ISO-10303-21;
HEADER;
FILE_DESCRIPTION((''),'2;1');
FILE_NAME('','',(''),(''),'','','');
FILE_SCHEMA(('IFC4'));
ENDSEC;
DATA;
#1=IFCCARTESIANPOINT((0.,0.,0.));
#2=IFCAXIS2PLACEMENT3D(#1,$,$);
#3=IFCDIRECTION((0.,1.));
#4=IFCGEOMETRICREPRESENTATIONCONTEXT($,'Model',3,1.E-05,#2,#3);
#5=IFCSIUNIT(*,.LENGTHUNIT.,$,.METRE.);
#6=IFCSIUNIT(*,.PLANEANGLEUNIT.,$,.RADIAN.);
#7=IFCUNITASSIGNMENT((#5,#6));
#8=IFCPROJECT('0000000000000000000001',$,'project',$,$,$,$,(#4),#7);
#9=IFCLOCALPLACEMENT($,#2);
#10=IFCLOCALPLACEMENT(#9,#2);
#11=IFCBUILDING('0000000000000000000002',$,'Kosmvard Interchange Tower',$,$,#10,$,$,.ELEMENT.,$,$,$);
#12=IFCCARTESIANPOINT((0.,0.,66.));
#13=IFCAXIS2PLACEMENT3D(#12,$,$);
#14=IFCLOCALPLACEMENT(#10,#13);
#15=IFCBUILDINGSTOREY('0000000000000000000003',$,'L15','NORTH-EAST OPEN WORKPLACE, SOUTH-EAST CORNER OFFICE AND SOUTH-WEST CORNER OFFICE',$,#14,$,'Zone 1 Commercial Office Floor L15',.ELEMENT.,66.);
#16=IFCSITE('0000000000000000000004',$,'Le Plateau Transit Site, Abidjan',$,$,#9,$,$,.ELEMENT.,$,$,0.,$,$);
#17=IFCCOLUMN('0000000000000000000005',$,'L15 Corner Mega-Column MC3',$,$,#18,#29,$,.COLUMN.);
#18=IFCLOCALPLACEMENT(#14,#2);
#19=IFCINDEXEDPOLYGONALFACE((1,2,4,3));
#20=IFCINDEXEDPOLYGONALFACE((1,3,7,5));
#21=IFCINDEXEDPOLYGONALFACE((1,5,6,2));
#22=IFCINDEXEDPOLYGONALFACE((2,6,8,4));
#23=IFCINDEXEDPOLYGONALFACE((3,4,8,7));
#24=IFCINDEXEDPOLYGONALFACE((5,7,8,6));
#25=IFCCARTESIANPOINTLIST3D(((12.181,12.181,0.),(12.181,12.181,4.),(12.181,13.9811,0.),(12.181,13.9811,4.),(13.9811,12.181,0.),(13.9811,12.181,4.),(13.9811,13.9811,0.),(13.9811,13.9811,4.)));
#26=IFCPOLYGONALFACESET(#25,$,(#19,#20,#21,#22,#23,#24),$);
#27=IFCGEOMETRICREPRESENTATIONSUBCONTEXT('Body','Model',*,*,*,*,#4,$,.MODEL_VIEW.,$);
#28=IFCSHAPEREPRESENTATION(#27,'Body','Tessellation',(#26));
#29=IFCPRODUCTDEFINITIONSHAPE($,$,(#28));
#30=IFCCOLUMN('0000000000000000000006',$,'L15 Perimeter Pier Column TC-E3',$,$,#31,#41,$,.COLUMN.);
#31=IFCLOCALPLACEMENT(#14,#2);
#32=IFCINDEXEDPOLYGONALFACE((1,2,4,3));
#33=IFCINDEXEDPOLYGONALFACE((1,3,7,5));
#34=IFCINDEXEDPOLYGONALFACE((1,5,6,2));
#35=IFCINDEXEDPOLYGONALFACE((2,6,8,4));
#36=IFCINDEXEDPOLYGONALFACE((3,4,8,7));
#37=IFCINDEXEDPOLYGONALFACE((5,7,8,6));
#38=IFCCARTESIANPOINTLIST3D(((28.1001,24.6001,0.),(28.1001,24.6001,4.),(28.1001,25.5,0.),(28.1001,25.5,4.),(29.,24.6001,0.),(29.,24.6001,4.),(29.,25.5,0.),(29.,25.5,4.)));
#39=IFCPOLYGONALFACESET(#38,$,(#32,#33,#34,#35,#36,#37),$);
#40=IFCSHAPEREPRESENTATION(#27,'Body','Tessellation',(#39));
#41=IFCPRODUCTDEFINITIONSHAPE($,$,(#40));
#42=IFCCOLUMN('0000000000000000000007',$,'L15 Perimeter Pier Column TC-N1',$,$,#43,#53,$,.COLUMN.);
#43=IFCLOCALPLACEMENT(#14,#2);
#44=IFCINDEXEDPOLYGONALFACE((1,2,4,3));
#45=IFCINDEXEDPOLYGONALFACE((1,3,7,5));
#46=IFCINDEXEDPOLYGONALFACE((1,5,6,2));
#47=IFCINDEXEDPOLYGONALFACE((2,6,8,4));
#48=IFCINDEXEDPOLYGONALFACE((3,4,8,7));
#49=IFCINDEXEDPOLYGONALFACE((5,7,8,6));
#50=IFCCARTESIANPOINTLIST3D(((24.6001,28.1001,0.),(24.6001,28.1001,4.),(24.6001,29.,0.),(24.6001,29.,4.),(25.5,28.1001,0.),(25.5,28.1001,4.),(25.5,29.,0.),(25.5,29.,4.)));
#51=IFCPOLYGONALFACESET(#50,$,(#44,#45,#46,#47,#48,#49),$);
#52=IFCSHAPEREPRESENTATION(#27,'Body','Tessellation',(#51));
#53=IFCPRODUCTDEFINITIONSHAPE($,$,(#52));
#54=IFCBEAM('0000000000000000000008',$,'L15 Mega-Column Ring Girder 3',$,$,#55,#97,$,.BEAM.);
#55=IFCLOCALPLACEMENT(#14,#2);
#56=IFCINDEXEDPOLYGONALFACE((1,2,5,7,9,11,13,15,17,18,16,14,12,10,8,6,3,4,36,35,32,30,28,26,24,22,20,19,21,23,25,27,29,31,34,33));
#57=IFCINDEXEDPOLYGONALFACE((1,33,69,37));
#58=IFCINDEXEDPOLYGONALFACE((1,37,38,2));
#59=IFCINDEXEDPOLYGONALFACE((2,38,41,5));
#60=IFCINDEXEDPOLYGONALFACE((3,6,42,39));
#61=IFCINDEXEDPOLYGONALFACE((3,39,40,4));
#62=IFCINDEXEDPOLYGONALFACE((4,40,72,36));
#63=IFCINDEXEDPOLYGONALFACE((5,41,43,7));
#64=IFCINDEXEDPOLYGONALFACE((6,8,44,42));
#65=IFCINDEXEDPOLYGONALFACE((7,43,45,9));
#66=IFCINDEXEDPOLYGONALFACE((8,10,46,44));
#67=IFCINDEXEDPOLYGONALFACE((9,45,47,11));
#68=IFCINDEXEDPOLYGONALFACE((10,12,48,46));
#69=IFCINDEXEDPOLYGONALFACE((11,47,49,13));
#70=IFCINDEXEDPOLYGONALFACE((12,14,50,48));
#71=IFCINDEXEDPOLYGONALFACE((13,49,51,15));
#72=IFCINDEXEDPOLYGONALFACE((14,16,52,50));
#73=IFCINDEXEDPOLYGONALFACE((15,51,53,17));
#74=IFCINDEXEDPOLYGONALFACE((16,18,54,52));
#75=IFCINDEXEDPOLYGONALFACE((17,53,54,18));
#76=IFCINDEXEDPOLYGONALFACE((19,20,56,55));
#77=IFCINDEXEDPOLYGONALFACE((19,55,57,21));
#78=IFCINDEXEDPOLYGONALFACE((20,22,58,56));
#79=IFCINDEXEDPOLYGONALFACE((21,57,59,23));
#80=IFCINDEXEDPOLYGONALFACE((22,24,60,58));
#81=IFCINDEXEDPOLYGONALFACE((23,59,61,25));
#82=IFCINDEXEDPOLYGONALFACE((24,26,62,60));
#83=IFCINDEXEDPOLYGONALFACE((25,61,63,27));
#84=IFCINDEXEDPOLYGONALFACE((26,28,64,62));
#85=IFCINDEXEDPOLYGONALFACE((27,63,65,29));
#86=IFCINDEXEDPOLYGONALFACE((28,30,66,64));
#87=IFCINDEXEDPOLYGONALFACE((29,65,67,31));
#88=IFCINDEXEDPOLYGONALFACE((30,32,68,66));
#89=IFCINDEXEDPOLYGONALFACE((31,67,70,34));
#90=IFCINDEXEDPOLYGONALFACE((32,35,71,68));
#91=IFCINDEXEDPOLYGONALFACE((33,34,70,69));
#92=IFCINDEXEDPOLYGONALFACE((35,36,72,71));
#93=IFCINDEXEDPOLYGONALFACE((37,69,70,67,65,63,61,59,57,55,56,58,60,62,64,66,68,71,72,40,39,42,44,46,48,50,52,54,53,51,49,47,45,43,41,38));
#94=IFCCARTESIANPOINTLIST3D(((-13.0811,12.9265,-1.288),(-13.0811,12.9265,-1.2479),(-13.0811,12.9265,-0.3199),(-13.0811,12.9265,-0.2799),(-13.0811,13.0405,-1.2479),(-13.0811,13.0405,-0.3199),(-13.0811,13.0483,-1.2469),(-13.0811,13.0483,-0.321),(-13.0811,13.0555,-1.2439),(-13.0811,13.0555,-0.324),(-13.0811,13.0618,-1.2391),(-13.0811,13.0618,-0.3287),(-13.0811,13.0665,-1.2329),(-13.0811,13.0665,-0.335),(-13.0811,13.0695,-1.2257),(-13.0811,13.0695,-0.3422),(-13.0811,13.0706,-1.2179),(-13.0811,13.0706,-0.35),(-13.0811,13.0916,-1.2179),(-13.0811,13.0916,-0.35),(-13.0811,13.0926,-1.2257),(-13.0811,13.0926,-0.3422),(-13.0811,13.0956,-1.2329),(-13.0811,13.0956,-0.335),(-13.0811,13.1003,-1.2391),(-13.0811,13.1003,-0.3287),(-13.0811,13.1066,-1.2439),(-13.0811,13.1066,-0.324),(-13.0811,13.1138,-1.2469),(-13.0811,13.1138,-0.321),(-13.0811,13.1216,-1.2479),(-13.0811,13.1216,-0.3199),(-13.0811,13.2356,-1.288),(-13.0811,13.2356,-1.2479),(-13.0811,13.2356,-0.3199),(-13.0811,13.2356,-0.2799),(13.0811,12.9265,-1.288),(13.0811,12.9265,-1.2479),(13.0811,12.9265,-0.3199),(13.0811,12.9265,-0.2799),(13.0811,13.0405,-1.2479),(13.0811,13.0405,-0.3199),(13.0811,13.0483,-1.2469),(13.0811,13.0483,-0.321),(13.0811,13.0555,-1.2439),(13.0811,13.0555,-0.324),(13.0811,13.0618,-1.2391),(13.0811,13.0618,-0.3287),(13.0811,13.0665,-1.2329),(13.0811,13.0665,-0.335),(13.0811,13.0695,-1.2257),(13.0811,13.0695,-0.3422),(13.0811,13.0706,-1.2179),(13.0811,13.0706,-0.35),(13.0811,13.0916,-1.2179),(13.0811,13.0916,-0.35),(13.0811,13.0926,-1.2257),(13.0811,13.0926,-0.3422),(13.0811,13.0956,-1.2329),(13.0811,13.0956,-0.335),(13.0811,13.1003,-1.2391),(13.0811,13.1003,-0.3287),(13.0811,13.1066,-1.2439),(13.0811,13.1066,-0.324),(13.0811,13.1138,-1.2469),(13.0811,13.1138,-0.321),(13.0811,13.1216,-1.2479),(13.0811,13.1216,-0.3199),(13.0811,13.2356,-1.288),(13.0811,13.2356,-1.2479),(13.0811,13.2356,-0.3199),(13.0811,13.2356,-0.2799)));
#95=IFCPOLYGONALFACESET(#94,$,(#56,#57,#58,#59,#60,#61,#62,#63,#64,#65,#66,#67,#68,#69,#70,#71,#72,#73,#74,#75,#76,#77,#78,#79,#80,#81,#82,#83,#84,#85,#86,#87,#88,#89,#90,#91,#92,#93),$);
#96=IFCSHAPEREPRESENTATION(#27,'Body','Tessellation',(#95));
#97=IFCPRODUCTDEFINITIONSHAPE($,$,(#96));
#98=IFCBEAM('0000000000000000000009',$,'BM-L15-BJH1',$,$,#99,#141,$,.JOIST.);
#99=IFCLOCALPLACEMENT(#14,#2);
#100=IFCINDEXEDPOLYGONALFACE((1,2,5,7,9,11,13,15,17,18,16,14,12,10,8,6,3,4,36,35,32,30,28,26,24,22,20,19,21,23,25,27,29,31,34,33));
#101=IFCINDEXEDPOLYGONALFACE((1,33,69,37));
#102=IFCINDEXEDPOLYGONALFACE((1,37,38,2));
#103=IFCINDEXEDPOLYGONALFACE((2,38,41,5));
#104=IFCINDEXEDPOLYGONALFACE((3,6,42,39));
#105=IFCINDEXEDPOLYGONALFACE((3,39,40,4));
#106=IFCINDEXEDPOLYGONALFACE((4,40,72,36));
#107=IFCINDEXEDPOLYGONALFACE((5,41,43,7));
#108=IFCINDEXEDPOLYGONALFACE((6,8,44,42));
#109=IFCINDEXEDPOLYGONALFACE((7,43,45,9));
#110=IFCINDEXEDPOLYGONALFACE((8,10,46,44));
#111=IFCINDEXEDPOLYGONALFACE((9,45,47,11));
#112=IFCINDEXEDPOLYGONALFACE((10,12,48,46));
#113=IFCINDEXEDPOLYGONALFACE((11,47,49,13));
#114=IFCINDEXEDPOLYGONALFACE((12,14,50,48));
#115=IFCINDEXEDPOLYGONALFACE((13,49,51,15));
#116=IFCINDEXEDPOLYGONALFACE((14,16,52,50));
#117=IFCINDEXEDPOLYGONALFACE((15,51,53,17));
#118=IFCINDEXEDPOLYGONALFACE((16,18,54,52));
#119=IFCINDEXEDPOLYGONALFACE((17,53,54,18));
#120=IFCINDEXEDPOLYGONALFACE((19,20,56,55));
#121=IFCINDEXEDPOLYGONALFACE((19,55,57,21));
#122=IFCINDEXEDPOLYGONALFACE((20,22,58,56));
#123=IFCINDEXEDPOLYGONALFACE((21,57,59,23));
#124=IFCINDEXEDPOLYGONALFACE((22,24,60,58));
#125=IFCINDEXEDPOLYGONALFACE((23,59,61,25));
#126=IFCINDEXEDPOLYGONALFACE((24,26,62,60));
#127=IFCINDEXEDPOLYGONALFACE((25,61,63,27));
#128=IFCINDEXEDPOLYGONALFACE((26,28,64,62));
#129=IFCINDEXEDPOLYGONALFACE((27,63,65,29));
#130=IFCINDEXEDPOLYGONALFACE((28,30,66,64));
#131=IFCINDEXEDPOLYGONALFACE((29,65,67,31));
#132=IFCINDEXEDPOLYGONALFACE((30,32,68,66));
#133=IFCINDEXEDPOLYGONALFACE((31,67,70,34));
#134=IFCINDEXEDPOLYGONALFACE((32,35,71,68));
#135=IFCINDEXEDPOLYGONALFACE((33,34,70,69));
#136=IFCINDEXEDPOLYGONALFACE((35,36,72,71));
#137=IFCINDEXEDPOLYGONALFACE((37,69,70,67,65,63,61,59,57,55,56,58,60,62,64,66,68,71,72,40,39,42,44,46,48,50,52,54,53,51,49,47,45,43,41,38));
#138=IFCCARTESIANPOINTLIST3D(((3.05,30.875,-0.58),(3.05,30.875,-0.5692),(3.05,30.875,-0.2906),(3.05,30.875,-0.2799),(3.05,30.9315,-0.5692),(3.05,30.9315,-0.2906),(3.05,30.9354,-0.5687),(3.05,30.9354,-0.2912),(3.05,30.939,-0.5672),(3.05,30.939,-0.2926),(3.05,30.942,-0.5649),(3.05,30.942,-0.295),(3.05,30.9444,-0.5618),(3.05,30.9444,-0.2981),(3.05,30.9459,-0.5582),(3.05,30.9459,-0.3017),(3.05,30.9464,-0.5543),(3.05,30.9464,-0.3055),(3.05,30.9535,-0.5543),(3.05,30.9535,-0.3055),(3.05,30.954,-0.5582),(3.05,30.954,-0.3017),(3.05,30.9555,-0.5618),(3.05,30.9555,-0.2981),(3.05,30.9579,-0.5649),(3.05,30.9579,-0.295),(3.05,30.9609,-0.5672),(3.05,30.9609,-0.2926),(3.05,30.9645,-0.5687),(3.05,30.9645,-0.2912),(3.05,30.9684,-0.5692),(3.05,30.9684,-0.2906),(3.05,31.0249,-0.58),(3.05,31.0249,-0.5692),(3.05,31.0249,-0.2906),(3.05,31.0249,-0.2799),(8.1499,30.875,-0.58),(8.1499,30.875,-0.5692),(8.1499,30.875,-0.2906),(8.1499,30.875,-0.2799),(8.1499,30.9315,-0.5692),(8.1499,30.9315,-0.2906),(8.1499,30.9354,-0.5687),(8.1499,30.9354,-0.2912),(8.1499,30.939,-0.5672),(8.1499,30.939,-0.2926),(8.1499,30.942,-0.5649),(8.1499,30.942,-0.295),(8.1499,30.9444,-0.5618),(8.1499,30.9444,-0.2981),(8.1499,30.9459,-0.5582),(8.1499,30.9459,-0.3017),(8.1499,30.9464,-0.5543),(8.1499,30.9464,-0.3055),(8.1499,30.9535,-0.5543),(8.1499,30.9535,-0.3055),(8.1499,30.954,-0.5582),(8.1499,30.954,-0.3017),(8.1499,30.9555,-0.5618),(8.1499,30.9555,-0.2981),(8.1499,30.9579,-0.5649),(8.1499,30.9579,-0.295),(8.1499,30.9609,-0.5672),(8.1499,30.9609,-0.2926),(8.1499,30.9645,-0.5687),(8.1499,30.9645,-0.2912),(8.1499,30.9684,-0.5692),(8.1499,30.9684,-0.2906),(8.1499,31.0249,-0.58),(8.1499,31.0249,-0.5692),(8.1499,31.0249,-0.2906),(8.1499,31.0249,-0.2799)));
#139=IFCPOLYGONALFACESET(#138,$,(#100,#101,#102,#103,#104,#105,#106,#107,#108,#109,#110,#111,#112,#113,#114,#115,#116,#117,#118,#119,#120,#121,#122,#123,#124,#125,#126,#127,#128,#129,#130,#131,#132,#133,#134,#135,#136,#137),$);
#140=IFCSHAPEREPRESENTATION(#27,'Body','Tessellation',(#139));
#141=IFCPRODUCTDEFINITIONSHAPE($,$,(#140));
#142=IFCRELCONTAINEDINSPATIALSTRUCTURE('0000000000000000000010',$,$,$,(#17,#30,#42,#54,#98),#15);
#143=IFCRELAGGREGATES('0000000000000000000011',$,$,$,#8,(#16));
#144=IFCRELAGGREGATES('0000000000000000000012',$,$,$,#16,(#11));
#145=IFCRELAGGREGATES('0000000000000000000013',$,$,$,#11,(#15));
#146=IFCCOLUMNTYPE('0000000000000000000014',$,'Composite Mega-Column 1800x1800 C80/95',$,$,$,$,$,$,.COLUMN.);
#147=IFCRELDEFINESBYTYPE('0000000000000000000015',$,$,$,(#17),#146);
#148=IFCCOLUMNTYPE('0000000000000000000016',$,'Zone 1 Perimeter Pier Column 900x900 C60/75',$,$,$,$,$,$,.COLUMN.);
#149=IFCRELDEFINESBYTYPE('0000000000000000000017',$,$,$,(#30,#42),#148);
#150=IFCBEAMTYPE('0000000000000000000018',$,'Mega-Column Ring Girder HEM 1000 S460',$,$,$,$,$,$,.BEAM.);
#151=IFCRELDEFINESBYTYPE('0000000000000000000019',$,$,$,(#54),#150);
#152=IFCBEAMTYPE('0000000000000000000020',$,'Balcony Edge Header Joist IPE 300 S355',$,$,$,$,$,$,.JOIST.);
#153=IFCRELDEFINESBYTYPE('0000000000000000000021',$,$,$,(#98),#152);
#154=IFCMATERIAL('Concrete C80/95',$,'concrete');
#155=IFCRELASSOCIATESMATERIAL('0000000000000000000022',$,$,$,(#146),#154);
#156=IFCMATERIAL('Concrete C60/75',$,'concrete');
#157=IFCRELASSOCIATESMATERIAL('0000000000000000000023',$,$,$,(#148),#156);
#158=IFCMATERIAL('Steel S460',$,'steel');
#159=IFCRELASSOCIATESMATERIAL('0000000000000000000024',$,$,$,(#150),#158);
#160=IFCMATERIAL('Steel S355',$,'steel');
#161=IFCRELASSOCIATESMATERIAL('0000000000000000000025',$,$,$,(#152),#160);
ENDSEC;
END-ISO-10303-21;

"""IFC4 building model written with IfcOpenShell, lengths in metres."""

from ifc_helpers import new_model, si_unit, direction, frame, origin, origin_2d, place, context, subcontext, project, spatial, rectangle, i_section, extrude, source, transform, mapped, material, material_profile, profile_set, type_object, element, save


model = new_model("IFC4")

# Units and contexts
model_context = context("Model", 3, precision=1e-05, world=origin(), true_north=direction((0.0, 1.0)))
body_context = subcontext(model_context, "Body", "Model", "MODEL_VIEW")
ifc_project = project(units=[si_unit("LENGTHUNIT", "METRE"), si_unit("PLANEANGLEUNIT", "RADIAN")], contexts=[model_context])

# Site, building, storey
site_placement = place(None, origin())
site = spatial("IfcSite", under=ifc_project, at=site_placement, Name="Le Plateau Transit Site, Abidjan", CompositionType="ELEMENT", RefElevation=0.0)
building_placement = place(site_placement, origin())
building = spatial("IfcBuilding", under=site, at=building_placement, Name="Kosmvard Interchange Tower", CompositionType="ELEMENT")
storey_placement = place(building_placement, frame((0.0, 0.0, 66.0)))
storey = spatial("IfcBuildingStorey", under=building, at=storey_placement, Name="L15", Description="NORTH-EAST OPEN WORKPLACE, SOUTH-EAST CORNER OFFICE AND SOUTH-WEST CORNER OFFICE", LongName="Zone 1 Commercial Office Floor L15", CompositionType="ELEMENT", Elevation=66.0)

# Columns
ifc_material_1 = material(Name="Concrete C80/95", Category="concrete")
ifc_material_profile_1 = material_profile(ifc_material_1, rectangle(XDim=1.8, YDim=1.8, at=origin_2d()), Name="MC 1800x1800")
ifc_profile_set_1 = profile_set([ifc_material_profile_1], Name="Concrete C80/95")
column_type_1 = type_object("IfcColumnType", Name="Composite Mega-Column 1800x1800 C80/95", PredefinedType="COLUMN", material=ifc_profile_set_1)
shared_shape_1 = source(origin(), body_context, "Body", "SweptSolid", [
    extrude(rectangle(XDim=1.8, YDim=1.8, at=origin_2d()), origin(), (0.0, 0.0, 1.0), 4.0),
])
column_placement = place(storey_placement, frame((13.0811, 13.0811, 0.0), z_axis=(0.0, 0.0, 1.0), x_axis=(1.0, 0.0, 0.0)))
element("IfcColumn", 1, at=column_placement, inside=storey, type_object=column_type_1, Name="L15 Corner Mega-Column MC3", PredefinedType="COLUMN", context=body_context, shape_type="MappedRepresentation", body=[
    mapped(shared_shape_1, transform((0.0, 0.0, 0.0), scale=1.0)),
])
ifc_material_2 = material(Name="Concrete C60/75", Category="concrete")
ifc_material_profile_2 = material_profile(ifc_material_2, rectangle(XDim=0.8999, YDim=0.8999, at=origin_2d()), Name="TC 900x900")
ifc_profile_set_2 = profile_set([ifc_material_profile_2], Name="Concrete C60/75")
column_type_2 = type_object("IfcColumnType", Name="Zone 1 Perimeter Pier Column 900x900 C60/75", PredefinedType="COLUMN", material=ifc_profile_set_2)
shared_shape_2 = source(origin(), body_context, "Body", "SweptSolid", [
    extrude(rectangle(XDim=0.8999, YDim=0.8999, at=origin_2d()), origin(), (0.0, 0.0, 1.0), 4.0),
])
for number, where, z_axis, x_axis, name in (
    (2, (28.55, 25.05, 0.0), (0.0, 0.0, 1.0), (1.0, 0.0, 0.0), "L15 Perimeter Pier Column TC-E3"),
    (3, (25.05, 28.55, 0.0), (0.0, 0.0, 1.0), (1.0, 0.0, 0.0), "L15 Perimeter Pier Column TC-N1"),
):
    element("IfcColumn", number, at=place(storey_placement, frame(where, z_axis=z_axis, x_axis=x_axis)), inside=storey, type_object=column_type_2, Name=name, PredefinedType="COLUMN", context=body_context, shape_type="MappedRepresentation", body=[
        mapped(shared_shape_2, transform((0.0, 0.0, 0.0), scale=1.0)),
    ])

# Beams
ifc_material_3 = material(Name="Steel S460", Category="steel")
ifc_material_profile_3 = material_profile(ifc_material_3, i_section(OverallWidth=0.3091, OverallDepth=1.0081, WebThickness=0.021, FlangeThickness=0.04, FilletRadius=0.03, at=origin_2d()), Name="HEM 1000")
ifc_profile_set_3 = profile_set([ifc_material_profile_3], Name="Steel S460")
beam_type_1 = type_object("IfcBeamType", Name="Mega-Column Ring Girder HEM 1000 S460", PredefinedType="BEAM", material=ifc_profile_set_3)
shared_shape_3 = source(origin(), body_context, "Body", "SweptSolid", [
    extrude(i_section(OverallWidth=0.3091, OverallDepth=1.0081, WebThickness=0.021, FlangeThickness=0.04, FilletRadius=0.03, at=origin_2d()), origin(), (0.0, 0.0, 1.0), 26.1621),
])
beam_1_placement = place(storey_placement, frame((13.0811, 13.0811, -0.7839), z_axis=(-1.0, 0.0, 0.0), x_axis=(0.0, -1.0, 0.0)))
element("IfcBeam", 4, at=beam_1_placement, inside=storey, type_object=beam_type_1, Name="L15 Mega-Column Ring Girder 3", PredefinedType="BEAM", context=body_context, shape_type="MappedRepresentation", body=[
    mapped(shared_shape_3, transform((0.0, 0.0, 0.0), scale=1.0)),
])
ifc_material_4 = material(Name="Steel S355", Category="steel")
ifc_material_profile_4 = material_profile(ifc_material_4, i_section(OverallWidth=0.1499, OverallDepth=0.3, WebThickness=0.0071, FlangeThickness=0.0107, FilletRadius=0.0149, at=origin_2d()), Name="IPE 300")
ifc_profile_set_4 = profile_set([ifc_material_profile_4], Name="Steel S355")
beam_type_2 = type_object("IfcBeamType", Name="Balcony Edge Header Joist IPE 300 S355", PredefinedType="JOIST", material=ifc_profile_set_4)
shared_shape_4 = source(origin(), body_context, "Body", "SweptSolid", [
    extrude(i_section(OverallWidth=0.1499, OverallDepth=0.3, WebThickness=0.0071, FlangeThickness=0.0107, FilletRadius=0.0149, at=origin_2d()), origin(), (0.0, 0.0, 1.0), 5.0999),
])
beam_2_placement = place(storey_placement, frame((8.1499, 30.95, -0.4299), z_axis=(-1.0, 0.0, 0.0), x_axis=(0.0, -1.0, 0.0)))
element("IfcBeam", 5, at=beam_2_placement, inside=storey, type_object=beam_type_2, Name="BM-L15-BJH1", PredefinedType="JOIST", context=body_context, shape_type="MappedRepresentation", body=[
    mapped(shared_shape_4, transform((0.0, 0.0, 0.0), scale=1.0)),
])

save(model, "model.ifc")
